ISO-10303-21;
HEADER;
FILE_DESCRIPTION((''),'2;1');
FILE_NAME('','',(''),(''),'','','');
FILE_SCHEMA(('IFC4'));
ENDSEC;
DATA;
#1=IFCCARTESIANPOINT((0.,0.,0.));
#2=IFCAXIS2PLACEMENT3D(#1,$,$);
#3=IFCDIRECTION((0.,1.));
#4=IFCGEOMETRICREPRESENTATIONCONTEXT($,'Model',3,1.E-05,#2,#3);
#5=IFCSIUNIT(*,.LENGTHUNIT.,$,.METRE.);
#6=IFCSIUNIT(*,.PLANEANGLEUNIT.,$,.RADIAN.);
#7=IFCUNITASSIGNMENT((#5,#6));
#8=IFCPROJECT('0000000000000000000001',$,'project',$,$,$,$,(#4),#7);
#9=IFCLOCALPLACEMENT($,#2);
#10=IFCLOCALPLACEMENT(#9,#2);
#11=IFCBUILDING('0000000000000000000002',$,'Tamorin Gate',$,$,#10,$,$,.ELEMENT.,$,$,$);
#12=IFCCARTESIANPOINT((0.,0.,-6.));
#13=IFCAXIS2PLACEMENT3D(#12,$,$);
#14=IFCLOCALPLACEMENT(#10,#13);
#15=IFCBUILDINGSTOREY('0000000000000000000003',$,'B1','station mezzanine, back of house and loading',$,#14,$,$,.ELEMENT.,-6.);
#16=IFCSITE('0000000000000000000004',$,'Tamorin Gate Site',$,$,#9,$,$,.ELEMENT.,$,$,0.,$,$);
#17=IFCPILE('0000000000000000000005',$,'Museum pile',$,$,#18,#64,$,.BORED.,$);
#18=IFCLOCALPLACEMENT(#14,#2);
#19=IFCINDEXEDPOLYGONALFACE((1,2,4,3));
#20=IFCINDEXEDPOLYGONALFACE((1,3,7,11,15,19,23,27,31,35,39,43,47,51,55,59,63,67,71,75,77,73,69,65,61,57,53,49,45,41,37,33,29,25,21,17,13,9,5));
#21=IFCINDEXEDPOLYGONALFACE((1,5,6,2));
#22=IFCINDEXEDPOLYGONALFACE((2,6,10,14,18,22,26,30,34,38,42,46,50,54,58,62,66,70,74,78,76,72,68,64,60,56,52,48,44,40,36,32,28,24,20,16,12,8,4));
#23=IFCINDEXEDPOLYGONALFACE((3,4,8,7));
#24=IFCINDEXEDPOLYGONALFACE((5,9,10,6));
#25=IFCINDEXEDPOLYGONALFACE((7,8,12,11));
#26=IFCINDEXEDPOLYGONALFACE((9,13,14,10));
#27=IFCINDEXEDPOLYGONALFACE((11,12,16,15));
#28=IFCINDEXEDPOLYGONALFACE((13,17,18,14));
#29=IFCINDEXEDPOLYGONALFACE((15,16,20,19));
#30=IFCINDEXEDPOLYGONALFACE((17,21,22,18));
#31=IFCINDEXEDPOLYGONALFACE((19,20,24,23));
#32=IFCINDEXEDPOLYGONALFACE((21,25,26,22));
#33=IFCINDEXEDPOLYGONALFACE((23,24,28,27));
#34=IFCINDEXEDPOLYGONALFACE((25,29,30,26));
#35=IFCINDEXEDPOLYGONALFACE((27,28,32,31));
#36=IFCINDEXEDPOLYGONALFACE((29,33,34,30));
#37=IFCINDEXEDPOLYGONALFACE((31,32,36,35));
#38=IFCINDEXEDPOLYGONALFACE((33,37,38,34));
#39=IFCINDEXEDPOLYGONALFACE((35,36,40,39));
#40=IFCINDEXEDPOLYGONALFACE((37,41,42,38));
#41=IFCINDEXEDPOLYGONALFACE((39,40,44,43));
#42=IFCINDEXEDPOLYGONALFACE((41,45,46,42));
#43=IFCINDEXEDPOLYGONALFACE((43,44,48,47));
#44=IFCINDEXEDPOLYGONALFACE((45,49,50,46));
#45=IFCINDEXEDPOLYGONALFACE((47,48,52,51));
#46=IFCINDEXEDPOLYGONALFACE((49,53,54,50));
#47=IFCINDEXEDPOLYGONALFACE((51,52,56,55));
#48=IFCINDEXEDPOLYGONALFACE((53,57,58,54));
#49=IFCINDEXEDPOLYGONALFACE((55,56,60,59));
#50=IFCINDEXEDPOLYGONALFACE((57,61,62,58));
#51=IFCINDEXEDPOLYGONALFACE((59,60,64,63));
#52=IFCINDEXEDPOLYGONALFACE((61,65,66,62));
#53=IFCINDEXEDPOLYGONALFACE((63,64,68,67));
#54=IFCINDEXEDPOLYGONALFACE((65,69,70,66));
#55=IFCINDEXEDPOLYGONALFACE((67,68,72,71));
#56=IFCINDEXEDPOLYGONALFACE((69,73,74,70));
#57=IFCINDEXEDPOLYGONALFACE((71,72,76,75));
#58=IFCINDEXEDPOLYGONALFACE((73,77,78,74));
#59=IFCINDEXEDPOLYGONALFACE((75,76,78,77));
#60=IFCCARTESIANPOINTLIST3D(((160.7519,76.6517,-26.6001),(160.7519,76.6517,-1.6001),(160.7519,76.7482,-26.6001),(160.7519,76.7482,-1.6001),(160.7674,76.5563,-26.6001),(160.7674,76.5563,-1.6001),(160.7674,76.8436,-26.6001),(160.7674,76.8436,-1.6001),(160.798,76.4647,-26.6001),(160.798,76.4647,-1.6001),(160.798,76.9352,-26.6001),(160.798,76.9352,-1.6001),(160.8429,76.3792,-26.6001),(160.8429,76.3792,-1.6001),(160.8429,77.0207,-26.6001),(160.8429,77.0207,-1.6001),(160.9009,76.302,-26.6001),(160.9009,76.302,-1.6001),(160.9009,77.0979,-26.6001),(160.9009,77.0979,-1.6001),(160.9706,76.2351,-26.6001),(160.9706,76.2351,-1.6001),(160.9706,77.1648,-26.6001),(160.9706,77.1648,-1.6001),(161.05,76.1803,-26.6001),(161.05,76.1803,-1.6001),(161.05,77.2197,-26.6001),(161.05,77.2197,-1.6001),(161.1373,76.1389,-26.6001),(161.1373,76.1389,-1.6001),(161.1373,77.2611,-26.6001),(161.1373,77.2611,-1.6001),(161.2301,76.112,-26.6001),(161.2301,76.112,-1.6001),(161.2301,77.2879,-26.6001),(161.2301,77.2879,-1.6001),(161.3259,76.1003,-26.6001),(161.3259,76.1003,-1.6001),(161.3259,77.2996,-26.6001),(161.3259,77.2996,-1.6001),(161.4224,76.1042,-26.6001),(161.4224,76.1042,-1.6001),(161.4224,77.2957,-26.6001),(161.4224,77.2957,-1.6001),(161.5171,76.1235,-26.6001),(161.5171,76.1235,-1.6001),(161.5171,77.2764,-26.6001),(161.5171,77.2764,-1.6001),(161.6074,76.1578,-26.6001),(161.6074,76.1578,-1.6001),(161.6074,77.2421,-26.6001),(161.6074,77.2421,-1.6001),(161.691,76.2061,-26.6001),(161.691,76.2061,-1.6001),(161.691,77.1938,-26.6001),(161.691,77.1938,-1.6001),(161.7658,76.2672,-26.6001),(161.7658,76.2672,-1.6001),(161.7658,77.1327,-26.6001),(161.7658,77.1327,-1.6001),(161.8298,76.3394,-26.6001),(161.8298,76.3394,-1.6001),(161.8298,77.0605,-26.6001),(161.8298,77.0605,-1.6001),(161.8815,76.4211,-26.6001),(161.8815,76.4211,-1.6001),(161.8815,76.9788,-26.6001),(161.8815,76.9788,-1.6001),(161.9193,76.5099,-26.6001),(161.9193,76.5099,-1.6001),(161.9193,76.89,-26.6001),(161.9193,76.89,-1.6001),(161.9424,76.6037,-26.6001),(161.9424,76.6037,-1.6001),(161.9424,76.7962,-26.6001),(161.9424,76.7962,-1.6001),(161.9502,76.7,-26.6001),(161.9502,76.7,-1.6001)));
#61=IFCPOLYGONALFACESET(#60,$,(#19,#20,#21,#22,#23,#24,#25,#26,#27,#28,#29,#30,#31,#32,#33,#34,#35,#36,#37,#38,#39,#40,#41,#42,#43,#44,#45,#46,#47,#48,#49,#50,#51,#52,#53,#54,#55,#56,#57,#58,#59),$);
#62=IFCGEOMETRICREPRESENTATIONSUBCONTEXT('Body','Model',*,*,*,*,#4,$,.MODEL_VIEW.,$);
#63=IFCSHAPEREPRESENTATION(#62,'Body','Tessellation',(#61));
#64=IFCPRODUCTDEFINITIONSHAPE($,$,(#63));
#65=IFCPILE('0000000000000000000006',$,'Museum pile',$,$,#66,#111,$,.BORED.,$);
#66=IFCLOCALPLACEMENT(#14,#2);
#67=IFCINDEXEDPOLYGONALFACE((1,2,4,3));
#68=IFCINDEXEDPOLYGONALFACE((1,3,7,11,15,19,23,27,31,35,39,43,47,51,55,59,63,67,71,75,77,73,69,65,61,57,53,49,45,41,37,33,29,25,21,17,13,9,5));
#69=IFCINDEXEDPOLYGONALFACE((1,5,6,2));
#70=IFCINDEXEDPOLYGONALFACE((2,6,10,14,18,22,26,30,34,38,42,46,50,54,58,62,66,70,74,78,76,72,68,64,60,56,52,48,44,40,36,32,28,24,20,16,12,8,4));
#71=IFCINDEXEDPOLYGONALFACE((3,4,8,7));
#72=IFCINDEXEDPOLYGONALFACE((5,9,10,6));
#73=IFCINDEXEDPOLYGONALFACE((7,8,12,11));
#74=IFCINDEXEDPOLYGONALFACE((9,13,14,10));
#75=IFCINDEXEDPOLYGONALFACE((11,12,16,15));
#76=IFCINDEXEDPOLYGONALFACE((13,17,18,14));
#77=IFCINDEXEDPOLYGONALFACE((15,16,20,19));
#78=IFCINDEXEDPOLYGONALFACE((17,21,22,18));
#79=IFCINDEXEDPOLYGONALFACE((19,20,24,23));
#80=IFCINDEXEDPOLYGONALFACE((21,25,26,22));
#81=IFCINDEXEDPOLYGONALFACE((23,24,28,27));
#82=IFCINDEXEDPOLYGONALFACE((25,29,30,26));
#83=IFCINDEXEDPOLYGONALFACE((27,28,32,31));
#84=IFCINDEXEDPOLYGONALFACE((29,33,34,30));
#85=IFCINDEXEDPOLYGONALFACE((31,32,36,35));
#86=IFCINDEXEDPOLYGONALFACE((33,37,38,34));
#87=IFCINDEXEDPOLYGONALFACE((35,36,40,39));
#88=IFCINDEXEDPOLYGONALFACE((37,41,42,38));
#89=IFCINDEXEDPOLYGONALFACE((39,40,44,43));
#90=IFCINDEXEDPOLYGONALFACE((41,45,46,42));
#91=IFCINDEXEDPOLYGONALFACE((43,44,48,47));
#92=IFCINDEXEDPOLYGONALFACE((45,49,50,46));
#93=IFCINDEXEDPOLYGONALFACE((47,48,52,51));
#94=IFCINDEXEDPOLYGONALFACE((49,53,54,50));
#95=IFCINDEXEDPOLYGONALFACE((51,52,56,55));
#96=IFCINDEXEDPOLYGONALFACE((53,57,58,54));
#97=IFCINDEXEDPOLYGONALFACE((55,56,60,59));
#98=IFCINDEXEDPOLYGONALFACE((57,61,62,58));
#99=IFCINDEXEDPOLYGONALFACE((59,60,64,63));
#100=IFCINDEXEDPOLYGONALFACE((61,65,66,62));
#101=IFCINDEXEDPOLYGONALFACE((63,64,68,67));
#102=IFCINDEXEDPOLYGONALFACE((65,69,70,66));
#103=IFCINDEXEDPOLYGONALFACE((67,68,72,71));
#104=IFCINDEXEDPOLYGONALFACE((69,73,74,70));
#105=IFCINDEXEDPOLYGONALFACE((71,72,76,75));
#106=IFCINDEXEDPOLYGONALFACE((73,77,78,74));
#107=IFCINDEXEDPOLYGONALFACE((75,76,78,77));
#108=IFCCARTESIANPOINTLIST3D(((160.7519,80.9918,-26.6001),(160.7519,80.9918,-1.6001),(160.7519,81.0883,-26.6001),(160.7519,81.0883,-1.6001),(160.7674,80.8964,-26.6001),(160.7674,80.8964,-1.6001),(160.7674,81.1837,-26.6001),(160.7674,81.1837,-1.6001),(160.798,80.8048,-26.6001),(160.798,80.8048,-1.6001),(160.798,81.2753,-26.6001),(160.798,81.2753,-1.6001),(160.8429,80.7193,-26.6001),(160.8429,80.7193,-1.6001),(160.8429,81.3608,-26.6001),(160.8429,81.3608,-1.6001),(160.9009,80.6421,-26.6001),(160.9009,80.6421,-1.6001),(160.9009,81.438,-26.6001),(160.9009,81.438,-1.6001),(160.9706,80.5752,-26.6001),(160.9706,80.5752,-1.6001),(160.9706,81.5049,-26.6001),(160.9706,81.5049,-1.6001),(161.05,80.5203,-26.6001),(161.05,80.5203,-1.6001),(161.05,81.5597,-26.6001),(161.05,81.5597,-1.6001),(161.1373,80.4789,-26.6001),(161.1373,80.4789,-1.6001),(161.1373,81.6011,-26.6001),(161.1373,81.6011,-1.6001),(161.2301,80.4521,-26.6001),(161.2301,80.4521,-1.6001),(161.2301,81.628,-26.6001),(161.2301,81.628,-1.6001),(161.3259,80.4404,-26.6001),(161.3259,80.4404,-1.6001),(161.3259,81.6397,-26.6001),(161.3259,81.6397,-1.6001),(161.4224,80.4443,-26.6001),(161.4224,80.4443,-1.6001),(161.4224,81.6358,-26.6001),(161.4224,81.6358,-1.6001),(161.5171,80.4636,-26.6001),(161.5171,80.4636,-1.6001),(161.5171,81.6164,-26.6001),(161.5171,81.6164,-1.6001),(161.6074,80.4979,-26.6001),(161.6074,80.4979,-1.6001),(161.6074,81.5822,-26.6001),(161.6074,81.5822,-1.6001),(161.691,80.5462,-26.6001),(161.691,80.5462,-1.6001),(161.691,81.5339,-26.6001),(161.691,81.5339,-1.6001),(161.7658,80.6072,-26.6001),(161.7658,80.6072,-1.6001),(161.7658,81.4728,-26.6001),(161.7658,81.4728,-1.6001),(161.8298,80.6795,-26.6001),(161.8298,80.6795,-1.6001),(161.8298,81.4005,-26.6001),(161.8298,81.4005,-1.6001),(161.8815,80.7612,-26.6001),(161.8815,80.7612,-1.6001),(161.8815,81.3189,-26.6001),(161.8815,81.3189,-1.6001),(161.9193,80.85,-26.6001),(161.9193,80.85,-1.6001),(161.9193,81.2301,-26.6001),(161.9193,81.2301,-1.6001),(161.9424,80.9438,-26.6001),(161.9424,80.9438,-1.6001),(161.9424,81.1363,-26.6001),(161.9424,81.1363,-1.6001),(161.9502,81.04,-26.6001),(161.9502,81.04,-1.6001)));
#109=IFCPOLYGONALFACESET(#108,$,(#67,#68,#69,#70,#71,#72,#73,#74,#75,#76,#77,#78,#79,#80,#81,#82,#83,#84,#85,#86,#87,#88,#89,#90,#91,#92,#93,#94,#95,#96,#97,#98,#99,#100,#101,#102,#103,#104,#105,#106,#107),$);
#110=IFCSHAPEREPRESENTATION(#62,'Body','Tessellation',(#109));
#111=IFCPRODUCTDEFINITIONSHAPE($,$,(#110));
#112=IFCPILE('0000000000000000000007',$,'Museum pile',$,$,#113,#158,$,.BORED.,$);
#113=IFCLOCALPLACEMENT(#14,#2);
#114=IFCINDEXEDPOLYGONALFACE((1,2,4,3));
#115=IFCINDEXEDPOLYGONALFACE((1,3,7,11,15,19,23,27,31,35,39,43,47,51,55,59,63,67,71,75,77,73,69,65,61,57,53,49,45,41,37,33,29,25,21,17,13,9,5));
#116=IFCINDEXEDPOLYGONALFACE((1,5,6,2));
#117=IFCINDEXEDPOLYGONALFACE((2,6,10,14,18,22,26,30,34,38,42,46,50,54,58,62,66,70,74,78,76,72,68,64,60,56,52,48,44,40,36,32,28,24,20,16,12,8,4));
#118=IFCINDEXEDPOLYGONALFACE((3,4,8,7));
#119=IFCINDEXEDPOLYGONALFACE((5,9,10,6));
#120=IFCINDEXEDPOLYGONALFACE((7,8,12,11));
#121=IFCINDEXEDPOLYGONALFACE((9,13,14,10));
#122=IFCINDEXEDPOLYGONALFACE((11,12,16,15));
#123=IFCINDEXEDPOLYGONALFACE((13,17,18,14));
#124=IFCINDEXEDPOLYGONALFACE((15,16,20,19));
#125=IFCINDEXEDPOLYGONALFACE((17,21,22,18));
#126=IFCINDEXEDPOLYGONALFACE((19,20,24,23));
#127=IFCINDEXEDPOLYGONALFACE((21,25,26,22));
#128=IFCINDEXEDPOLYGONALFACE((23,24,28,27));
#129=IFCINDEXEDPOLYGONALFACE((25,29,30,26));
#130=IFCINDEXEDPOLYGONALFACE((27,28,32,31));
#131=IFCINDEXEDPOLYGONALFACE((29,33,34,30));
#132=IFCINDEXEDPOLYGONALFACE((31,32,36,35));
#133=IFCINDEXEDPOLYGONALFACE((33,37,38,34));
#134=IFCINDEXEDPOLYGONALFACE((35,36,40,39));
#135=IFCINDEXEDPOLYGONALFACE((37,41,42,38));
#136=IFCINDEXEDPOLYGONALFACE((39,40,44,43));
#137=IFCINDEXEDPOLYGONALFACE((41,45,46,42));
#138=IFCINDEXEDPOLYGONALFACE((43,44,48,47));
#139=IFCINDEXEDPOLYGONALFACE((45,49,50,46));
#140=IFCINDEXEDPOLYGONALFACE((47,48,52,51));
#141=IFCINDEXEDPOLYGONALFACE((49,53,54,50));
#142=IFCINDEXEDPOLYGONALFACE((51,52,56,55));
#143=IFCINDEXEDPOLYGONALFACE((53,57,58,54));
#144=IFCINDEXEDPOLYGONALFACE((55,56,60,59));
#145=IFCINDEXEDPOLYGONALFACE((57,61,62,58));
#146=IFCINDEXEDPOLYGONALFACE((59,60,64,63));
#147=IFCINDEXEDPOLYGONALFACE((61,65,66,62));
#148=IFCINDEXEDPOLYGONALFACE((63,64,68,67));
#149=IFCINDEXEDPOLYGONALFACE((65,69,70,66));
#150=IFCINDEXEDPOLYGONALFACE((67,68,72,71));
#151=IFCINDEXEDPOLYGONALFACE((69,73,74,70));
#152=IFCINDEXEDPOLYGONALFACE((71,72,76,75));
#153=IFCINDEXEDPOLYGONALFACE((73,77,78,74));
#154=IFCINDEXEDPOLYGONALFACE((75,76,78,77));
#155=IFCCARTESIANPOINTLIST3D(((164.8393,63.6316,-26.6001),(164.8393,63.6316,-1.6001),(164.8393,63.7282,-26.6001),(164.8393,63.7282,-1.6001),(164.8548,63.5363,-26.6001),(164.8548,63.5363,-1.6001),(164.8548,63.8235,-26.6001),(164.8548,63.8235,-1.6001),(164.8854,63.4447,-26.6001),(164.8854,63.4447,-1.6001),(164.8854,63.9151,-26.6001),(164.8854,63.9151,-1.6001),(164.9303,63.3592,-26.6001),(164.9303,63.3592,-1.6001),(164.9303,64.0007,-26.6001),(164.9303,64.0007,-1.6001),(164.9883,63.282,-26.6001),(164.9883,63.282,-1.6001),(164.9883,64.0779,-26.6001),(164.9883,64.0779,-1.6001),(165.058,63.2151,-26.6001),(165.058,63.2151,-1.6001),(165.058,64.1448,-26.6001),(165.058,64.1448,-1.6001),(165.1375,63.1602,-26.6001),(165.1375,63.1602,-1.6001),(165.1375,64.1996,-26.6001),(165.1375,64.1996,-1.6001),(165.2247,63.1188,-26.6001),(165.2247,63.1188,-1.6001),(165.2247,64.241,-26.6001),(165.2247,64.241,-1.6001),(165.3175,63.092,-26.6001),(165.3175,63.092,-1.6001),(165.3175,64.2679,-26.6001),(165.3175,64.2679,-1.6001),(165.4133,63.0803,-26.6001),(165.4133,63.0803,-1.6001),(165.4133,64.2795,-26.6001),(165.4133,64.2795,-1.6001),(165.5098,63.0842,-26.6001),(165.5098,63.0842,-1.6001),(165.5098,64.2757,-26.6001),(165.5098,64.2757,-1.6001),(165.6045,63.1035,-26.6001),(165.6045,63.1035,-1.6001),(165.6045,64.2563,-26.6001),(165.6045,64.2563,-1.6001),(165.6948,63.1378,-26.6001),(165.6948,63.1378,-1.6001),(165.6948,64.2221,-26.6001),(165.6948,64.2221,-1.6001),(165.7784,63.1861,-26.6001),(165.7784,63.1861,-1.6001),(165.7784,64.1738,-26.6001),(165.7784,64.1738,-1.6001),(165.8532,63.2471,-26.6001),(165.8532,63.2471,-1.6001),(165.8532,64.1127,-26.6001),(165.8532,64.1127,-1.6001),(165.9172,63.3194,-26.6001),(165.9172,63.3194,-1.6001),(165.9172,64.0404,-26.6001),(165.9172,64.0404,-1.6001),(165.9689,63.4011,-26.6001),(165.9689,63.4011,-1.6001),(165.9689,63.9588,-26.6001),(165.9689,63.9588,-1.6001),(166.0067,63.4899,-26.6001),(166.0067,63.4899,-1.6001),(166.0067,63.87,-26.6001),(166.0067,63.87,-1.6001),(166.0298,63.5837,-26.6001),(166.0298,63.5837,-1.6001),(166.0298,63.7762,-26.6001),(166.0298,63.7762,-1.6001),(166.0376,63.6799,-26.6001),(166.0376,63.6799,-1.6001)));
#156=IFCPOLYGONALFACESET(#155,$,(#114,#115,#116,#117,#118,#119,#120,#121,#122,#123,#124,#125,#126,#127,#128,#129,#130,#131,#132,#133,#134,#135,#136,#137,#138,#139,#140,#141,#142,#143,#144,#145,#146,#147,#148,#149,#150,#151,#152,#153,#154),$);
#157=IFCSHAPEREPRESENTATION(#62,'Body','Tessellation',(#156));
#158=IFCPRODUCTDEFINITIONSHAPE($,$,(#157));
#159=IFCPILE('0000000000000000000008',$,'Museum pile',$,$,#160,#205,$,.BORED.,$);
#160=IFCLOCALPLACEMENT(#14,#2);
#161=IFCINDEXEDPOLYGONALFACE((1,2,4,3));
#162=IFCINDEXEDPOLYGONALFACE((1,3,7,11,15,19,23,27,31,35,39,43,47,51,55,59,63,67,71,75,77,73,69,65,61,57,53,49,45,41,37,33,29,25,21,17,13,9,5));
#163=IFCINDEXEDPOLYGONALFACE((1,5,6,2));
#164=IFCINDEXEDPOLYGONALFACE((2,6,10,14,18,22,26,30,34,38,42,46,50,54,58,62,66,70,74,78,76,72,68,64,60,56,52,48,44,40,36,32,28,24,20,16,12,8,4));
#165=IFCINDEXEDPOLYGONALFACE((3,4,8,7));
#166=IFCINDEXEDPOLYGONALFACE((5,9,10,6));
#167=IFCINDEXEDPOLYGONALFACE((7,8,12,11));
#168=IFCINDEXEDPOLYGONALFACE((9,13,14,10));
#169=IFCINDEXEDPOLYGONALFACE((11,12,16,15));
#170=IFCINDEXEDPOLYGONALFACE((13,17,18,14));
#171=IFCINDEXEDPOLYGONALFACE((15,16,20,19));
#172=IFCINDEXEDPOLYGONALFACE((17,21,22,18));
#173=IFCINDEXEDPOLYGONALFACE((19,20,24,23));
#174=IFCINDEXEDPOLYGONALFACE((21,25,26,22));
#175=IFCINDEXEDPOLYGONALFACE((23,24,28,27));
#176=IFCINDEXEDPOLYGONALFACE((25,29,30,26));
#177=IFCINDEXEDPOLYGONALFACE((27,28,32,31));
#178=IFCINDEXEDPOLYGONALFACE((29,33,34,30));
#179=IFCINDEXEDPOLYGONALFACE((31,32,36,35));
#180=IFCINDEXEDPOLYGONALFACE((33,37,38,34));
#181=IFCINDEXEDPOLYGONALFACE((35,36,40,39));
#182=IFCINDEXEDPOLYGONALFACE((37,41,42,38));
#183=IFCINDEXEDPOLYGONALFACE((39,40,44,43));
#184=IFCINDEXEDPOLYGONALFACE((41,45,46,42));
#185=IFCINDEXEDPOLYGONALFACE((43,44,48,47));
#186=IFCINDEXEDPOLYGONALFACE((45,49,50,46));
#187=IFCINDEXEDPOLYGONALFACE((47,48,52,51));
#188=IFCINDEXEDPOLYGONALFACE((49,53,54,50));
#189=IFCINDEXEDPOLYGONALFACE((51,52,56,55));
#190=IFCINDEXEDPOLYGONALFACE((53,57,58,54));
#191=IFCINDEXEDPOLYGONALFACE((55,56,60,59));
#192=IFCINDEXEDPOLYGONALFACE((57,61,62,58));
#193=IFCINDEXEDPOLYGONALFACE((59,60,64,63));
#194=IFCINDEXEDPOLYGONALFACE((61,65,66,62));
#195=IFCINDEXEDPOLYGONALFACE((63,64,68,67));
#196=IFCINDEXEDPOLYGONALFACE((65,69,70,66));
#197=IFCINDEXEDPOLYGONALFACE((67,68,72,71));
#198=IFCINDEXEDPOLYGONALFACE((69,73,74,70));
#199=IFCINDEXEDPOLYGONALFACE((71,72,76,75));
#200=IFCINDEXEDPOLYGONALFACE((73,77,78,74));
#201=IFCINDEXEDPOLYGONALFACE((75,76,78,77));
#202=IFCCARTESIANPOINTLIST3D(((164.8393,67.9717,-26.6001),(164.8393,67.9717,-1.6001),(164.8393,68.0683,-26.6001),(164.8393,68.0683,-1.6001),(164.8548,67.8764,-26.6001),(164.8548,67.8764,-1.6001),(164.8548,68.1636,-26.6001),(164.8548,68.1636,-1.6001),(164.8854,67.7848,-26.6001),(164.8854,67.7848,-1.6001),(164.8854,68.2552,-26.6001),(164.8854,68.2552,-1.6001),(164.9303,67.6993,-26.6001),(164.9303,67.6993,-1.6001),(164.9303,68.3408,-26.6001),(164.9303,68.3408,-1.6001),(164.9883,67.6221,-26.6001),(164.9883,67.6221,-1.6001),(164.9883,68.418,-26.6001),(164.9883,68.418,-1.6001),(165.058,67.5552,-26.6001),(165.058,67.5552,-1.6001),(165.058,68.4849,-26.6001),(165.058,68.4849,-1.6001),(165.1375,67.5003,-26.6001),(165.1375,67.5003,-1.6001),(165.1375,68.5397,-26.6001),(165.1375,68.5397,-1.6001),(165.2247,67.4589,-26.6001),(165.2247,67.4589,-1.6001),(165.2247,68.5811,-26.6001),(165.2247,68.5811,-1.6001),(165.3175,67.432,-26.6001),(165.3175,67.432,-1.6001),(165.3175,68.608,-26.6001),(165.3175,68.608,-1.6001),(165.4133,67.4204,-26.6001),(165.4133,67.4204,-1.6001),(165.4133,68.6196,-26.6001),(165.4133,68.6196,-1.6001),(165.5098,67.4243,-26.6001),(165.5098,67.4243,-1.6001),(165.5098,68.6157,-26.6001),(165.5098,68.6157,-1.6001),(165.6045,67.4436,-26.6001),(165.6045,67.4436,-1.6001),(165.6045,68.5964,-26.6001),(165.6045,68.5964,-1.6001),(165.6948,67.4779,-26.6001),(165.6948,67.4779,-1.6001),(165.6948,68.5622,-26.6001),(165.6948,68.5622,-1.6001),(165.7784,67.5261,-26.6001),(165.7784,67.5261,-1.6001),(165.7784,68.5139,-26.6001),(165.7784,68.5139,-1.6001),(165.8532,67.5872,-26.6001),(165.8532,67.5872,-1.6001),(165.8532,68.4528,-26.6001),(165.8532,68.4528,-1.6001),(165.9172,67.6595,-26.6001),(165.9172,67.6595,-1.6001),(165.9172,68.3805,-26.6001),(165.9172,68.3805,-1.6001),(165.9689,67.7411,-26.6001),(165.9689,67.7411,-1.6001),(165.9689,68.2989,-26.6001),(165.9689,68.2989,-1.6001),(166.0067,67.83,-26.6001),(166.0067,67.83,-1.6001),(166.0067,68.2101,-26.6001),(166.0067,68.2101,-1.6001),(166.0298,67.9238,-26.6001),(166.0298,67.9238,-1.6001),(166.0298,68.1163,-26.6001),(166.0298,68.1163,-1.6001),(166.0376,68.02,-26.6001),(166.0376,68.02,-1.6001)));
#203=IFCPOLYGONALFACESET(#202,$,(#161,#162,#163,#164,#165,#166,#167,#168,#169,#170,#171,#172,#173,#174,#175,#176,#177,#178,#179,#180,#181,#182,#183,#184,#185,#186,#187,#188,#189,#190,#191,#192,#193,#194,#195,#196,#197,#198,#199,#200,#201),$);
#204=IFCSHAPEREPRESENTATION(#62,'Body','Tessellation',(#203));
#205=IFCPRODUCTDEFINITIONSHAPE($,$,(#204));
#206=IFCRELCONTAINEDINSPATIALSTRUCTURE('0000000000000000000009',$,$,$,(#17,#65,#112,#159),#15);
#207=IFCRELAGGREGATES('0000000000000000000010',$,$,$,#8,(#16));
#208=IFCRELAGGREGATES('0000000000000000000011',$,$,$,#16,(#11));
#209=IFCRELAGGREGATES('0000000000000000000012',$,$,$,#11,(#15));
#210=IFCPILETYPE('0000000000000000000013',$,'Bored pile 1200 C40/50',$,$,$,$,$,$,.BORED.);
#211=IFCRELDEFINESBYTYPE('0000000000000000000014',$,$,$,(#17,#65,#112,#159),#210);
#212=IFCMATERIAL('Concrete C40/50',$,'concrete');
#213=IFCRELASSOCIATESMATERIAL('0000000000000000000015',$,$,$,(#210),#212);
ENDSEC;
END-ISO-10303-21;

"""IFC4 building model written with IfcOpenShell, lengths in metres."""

from ifc_helpers import new_model, si_unit, direction, frame, origin, origin_2d, place, context, subcontext, project, spatial, circle, extrude, material, material_profile, profile_set, type_object, element, save


model = new_model("IFC4")

# Units and contexts
model_context = context("Model", 3, precision=1e-05, world=origin(), true_north=direction((0.0, 1.0)))
body_context = subcontext(model_context, "Body", "Model", "MODEL_VIEW")
ifc_project = project(units=[si_unit("LENGTHUNIT", "METRE"), si_unit("PLANEANGLEUNIT", "RADIAN")], contexts=[model_context])

# Site, building, storey
site_placement = place(None, origin())
site = spatial("IfcSite", under=ifc_project, at=site_placement, Name="Tamorin Gate Site", CompositionType="ELEMENT", RefElevation=0.0)
building_placement = place(site_placement, origin())
building = spatial("IfcBuilding", under=site, at=building_placement, Name="Tamorin Gate", CompositionType="ELEMENT")
storey_placement = place(building_placement, frame((0.0, 0.0, -6.0)))
storey = spatial("IfcBuildingStorey", under=building, at=storey_placement, Name="B1", Description="station mezzanine, back of house and loading", CompositionType="ELEMENT", Elevation=-6.0)

# Piles
ifc_material_1 = material(Name="Concrete C40/50", Category="concrete")
ifc_material_profile_1 = material_profile(ifc_material_1, circle(Radius=0.6001, at=origin_2d()))
ifc_profile_set_1 = profile_set([ifc_material_profile_1], Name="Concrete C40/50")
pile_type = type_object("IfcPileType", Name="Bored pile 1200 C40/50", PredefinedType="BORED", material=ifc_profile_set_1)
for number, where, z_axis, x_axis, name in (
    (1, (161.3501, 76.7, -1.6001), (0.0, 0.0, -1.0), (1.0, 0.0, 0.0), "Museum pile"),
    (2, (161.3501, 81.04, -1.6001), (0.0, 0.0, -1.0), (1.0, 0.0, 0.0), "Museum pile"),
    (3, (165.4375, 63.6799, -1.6001), (0.0, 0.0, -1.0), (1.0, 0.0, 0.0), "Museum pile"),
    (4, (165.4375, 68.02, -1.6001), (0.0, 0.0, -1.0), (1.0, 0.0, 0.0), "Museum pile"),
):
    element("IfcPile", number, at=place(storey_placement, frame(where, z_axis=z_axis, x_axis=x_axis)), inside=storey, type_object=pile_type, Name=name, PredefinedType="BORED", context=body_context, shape_type="SweptSolid", body=[
        extrude(circle(Radius=0.6001, at=origin_2d()), origin(), (0.0, 0.0, 1.0), 25.0),
    ])

save(model, "model.ifc")
